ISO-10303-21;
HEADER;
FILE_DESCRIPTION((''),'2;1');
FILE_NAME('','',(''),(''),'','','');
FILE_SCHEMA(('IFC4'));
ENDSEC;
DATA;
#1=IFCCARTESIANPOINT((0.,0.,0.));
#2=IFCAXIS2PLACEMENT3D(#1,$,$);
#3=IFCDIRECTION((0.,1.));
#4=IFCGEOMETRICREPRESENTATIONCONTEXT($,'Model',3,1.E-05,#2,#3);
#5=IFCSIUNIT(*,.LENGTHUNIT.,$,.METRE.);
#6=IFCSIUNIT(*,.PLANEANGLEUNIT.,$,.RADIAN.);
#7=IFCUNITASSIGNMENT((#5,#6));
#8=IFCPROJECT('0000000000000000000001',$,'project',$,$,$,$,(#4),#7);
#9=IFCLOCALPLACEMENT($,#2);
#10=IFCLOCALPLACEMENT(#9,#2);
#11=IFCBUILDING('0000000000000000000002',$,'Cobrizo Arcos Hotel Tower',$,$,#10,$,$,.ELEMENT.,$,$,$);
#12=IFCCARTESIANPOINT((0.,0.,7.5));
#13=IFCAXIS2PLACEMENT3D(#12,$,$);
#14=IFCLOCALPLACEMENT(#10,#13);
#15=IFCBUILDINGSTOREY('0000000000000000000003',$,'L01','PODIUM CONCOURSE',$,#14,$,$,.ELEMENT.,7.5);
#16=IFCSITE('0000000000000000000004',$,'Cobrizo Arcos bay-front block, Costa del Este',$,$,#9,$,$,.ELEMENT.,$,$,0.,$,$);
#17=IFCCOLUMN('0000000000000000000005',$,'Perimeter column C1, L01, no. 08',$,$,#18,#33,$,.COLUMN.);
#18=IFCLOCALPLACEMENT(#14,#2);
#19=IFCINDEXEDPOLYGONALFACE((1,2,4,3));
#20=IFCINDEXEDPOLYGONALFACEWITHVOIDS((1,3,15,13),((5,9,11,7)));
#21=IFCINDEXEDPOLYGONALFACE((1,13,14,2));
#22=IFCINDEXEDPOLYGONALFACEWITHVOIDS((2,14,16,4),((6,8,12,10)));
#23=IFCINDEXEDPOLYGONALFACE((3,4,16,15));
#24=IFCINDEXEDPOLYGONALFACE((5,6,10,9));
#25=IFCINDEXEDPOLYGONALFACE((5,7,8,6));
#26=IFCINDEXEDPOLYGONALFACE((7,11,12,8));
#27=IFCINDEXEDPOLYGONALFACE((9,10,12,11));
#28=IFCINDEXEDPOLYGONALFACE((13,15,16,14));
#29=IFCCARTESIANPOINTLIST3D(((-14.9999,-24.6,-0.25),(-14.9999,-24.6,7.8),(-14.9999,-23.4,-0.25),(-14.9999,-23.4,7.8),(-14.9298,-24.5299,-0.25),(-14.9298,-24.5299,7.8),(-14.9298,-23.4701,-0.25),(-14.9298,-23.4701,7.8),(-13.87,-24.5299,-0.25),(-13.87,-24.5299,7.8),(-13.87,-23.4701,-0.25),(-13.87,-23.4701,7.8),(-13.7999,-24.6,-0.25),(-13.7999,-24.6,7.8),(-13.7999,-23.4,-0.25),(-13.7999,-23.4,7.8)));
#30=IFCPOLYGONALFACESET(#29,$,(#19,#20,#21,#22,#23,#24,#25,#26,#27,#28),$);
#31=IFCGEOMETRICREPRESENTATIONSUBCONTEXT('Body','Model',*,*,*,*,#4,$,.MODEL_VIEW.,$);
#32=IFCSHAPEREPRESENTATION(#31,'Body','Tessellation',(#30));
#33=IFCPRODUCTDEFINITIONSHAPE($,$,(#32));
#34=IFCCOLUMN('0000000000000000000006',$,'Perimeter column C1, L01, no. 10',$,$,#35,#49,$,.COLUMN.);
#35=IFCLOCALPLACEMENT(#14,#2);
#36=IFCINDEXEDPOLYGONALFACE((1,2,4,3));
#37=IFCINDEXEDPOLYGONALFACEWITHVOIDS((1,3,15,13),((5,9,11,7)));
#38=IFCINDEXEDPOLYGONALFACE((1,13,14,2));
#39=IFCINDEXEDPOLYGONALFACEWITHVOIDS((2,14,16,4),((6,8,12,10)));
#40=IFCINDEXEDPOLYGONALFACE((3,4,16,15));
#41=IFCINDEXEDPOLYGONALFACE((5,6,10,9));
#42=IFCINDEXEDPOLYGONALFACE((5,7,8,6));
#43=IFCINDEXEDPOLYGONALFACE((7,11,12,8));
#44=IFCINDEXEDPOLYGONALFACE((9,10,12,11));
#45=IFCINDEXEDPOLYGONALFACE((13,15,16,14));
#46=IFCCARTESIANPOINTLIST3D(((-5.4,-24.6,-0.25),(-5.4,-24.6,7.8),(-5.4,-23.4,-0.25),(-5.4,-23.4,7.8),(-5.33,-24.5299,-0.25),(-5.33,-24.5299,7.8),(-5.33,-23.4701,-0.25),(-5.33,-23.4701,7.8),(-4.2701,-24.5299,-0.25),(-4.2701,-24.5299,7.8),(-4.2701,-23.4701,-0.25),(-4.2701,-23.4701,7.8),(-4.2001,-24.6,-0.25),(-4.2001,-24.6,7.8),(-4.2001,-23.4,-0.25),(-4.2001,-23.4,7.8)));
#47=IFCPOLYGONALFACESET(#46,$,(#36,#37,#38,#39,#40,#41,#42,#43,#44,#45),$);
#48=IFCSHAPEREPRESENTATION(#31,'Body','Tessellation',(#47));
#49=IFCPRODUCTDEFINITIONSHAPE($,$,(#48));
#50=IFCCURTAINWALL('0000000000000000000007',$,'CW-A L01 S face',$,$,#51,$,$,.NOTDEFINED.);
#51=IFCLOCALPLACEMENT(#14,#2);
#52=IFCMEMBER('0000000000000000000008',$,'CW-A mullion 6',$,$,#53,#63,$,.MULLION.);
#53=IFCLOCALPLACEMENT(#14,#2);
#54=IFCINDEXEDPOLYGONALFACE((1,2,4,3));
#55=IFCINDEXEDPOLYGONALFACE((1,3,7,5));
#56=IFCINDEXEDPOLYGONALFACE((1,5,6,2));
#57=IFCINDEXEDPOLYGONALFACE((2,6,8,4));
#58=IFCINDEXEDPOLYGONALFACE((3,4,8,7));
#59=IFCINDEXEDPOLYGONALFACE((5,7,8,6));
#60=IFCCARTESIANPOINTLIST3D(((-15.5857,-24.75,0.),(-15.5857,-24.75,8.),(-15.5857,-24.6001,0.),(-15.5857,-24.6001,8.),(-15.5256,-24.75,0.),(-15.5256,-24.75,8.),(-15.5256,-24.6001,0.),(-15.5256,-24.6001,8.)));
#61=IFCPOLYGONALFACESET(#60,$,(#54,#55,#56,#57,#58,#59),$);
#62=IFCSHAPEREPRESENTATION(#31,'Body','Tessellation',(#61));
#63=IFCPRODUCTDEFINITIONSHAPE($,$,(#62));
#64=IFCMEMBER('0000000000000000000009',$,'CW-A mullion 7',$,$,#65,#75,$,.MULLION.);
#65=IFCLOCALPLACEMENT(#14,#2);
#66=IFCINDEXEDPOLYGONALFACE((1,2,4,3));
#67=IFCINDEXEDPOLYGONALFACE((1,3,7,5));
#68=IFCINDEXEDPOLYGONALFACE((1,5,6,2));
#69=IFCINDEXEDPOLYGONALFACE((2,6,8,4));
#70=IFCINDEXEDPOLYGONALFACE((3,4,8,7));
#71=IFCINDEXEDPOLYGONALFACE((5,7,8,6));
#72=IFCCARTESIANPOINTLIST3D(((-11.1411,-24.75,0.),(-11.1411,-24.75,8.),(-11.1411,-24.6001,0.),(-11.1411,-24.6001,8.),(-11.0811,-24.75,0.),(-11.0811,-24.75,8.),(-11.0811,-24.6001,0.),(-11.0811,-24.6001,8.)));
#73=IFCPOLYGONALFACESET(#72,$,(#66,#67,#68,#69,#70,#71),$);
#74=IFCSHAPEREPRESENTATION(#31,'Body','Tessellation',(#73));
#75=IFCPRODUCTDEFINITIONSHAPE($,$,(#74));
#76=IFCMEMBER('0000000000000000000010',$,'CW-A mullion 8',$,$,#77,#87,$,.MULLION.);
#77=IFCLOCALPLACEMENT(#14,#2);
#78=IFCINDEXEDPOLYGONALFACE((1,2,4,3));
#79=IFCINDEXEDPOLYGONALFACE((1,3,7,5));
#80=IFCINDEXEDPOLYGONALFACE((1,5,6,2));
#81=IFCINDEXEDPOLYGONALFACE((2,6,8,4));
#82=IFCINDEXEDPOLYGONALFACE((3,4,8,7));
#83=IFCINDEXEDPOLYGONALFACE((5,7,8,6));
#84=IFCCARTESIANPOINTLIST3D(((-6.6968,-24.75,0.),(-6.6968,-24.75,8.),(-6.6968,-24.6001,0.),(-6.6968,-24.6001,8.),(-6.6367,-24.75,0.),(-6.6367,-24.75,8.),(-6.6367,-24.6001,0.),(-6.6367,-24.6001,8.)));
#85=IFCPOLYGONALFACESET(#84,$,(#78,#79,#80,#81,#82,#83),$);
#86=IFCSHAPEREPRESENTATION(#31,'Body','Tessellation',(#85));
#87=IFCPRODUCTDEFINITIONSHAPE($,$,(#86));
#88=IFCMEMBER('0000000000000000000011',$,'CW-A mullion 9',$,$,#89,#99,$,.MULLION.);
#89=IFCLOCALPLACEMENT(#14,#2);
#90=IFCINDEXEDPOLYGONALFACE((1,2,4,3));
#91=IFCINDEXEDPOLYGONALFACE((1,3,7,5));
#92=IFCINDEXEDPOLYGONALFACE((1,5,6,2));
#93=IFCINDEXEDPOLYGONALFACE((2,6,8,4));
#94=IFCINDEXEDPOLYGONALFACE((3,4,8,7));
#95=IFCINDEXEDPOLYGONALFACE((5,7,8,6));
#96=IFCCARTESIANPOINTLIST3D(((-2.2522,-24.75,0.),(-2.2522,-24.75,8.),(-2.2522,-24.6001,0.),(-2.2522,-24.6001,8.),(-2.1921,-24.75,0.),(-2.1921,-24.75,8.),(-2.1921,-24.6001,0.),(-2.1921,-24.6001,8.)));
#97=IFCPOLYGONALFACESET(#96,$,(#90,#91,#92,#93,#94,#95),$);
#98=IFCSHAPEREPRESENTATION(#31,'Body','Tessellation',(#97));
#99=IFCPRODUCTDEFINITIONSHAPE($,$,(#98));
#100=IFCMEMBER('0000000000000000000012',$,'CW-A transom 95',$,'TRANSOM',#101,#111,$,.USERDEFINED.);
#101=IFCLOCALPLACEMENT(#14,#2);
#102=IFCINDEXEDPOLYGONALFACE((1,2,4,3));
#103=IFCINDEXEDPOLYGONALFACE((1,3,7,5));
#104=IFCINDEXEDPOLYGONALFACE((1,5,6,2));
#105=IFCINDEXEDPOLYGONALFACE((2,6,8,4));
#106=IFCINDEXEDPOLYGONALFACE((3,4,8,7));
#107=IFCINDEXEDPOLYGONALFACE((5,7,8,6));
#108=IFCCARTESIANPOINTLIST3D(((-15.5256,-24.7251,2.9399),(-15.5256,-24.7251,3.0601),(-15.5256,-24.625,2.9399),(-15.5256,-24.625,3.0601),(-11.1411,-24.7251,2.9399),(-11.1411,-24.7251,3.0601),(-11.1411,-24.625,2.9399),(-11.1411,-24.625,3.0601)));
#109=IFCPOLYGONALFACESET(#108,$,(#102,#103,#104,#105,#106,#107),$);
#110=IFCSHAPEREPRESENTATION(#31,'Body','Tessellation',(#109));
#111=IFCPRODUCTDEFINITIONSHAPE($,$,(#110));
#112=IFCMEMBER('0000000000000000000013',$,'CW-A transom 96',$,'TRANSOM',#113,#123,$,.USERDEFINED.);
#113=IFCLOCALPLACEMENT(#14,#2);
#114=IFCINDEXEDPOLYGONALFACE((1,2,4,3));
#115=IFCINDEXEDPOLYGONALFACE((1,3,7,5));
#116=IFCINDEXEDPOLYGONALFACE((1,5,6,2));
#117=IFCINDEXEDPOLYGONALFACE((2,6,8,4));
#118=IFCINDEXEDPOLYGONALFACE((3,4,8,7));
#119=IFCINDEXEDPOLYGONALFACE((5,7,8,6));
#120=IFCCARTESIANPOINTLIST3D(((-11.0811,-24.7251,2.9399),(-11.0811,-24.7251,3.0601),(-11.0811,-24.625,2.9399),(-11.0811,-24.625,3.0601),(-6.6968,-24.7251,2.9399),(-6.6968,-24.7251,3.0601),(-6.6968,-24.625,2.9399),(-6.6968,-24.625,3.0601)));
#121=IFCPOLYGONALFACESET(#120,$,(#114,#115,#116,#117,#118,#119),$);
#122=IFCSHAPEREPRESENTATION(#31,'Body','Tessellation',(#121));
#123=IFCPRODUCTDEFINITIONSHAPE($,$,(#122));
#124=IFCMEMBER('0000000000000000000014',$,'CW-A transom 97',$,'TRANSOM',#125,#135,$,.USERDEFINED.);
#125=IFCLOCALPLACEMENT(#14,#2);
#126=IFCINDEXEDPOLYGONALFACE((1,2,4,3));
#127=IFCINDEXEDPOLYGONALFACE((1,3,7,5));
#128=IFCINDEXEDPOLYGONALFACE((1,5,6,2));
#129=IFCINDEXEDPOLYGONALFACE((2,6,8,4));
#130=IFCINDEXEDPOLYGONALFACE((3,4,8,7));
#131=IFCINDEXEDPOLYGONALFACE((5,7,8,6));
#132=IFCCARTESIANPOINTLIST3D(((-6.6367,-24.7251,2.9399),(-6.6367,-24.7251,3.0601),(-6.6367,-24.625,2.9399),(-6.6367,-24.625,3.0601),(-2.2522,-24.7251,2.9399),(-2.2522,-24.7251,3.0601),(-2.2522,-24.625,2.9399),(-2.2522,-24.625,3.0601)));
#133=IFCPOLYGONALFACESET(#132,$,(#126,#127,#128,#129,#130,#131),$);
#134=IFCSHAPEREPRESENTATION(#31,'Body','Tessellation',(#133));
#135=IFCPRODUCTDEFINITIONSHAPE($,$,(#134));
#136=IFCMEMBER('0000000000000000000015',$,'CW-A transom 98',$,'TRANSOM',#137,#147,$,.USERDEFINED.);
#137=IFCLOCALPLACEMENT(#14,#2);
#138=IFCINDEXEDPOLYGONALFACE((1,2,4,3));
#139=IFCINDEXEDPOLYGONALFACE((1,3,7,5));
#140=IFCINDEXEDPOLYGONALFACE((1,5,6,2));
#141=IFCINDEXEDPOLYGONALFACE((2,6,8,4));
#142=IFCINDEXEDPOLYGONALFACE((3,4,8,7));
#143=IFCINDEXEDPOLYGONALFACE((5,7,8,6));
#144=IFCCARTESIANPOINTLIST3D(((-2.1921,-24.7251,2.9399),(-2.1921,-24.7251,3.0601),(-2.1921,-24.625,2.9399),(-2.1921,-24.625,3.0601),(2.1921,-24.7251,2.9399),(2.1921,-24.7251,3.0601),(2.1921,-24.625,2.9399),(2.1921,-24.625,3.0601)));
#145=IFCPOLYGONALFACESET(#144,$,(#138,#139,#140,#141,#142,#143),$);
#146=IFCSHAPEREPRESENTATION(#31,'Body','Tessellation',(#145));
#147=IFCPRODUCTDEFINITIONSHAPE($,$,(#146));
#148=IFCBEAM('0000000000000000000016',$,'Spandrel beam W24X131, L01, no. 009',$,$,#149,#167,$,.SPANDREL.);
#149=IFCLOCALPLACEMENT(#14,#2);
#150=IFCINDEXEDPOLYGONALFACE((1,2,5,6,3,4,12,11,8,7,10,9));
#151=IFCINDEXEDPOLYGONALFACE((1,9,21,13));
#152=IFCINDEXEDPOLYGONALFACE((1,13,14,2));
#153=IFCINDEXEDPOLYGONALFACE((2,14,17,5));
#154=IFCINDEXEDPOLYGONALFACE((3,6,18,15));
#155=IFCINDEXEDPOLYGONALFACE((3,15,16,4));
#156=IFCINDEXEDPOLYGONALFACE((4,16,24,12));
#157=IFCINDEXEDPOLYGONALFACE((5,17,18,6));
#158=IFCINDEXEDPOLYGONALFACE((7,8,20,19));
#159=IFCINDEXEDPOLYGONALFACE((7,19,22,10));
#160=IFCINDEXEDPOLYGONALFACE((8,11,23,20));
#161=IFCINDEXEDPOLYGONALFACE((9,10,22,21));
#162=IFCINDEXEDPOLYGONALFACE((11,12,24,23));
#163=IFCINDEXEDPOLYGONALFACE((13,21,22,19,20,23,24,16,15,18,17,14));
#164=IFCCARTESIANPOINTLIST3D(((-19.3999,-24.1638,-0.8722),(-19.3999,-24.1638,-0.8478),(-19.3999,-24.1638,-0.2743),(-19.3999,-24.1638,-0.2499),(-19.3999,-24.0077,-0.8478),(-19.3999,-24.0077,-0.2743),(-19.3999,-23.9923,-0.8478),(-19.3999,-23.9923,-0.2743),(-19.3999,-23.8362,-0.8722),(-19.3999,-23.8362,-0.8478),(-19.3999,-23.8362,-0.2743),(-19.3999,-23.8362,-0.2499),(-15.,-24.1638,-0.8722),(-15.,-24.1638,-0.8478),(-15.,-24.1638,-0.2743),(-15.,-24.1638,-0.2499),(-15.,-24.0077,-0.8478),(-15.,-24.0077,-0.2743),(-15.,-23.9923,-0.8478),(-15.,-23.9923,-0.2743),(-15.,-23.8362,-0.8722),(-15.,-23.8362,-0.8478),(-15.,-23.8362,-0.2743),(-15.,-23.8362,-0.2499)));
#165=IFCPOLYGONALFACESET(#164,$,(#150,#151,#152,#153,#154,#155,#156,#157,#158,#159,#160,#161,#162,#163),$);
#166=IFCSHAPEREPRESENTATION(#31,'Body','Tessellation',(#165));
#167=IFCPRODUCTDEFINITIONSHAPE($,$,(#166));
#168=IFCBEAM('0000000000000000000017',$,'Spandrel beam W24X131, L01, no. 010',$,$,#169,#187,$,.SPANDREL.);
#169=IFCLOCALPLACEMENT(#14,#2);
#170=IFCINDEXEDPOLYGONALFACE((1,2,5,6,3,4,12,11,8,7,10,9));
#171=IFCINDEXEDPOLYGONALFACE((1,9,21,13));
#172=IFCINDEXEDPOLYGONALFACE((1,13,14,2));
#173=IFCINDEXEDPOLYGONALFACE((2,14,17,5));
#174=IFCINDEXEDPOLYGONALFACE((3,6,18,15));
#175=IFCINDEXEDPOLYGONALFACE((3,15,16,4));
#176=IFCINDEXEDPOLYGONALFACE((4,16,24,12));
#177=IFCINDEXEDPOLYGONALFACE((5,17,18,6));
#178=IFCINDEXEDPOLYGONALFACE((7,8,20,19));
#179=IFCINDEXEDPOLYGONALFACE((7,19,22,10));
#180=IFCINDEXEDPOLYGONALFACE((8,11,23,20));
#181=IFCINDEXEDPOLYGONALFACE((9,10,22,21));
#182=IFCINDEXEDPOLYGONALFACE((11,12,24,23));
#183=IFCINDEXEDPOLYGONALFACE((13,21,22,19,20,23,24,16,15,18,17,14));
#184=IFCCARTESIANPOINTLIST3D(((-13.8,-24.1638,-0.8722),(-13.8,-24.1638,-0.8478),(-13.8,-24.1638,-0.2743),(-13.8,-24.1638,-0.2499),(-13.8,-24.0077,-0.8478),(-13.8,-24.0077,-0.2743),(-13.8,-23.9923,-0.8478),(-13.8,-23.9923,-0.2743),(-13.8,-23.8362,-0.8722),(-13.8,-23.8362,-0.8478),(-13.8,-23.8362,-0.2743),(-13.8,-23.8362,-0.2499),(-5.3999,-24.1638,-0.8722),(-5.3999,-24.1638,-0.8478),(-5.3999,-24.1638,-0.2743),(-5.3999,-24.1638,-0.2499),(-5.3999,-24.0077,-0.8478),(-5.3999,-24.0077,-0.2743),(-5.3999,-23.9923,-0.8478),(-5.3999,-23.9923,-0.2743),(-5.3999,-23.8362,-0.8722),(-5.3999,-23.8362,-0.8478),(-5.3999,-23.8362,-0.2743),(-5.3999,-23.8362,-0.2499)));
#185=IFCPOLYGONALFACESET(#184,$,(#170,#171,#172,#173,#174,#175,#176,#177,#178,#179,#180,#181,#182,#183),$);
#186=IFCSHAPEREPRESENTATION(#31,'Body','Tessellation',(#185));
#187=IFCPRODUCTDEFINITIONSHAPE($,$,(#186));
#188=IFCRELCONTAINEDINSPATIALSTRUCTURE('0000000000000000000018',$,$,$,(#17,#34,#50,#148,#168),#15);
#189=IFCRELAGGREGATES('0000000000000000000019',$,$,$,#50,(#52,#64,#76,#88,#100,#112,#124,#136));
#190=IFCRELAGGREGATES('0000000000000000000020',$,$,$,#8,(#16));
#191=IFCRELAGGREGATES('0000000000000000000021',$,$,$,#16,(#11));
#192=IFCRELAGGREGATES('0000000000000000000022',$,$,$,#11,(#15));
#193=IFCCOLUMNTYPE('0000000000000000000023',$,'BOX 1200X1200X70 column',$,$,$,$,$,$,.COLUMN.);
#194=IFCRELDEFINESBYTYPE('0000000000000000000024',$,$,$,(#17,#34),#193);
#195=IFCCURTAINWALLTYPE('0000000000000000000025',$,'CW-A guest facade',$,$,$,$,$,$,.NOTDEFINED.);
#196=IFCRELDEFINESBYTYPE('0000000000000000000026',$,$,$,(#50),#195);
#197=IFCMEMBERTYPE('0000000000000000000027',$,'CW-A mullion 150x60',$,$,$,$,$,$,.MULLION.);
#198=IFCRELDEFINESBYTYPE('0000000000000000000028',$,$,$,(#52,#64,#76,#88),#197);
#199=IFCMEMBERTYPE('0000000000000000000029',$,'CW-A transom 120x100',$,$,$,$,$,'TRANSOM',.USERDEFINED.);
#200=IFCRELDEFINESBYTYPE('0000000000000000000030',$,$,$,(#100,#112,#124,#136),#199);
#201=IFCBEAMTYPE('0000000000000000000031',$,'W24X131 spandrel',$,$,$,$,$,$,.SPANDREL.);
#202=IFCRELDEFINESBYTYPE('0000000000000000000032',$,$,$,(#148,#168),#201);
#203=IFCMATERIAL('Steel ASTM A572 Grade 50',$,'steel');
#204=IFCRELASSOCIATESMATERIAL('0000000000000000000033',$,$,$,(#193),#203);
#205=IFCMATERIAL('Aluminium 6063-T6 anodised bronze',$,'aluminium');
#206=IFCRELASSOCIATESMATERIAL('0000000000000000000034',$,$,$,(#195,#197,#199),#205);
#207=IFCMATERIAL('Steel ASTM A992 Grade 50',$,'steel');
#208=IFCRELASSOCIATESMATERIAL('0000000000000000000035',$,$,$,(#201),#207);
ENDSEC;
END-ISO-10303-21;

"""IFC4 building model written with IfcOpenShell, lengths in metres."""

from ifc_helpers import new_model, si_unit, direction, frame, origin, origin_2d, place, context, subcontext, project, spatial, rectangle, hollow_rectangle, i_section, extrude, material, material_profile, profile_set, type_object, element, aggregate, save


model = new_model("IFC4")

# Units and contexts
model_context = context("Model", 3, precision=1e-05, world=origin(), true_north=direction((0.0, 1.0)))
body_context = subcontext(model_context, "Body", "Model", "MODEL_VIEW")
ifc_project = project(units=[si_unit("LENGTHUNIT", "METRE"), si_unit("PLANEANGLEUNIT", "RADIAN")], contexts=[model_context])

# Site, building, storey
site_placement = place(None, origin())
site = spatial("IfcSite", under=ifc_project, at=site_placement, Name="Cobrizo Arcos bay-front block, Costa del Este", CompositionType="ELEMENT", RefElevation=0.0)
building_placement = place(site_placement, origin())
building = spatial("IfcBuilding", under=site, at=building_placement, Name="Cobrizo Arcos Hotel Tower", CompositionType="ELEMENT")
storey_placement = place(building_placement, frame((0.0, 0.0, 7.5)))
storey = spatial("IfcBuildingStorey", under=building, at=storey_placement, Name="L01", Description="PODIUM CONCOURSE", CompositionType="ELEMENT", Elevation=7.5)

# Columns
ifc_material_1 = material(Name="Steel ASTM A572 Grade 50", Category="steel")
ifc_material_profile_1 = material_profile(ifc_material_1, hollow_rectangle(XDim=1.2, YDim=1.2, WallThickness=0.0701, at=origin_2d()), Name="BOX 1200X1200X70")
ifc_profile_set_1 = profile_set([ifc_material_profile_1], Name="Steel ASTM A572 Grade 50")
column_type = type_object("IfcColumnType", Name="BOX 1200X1200X70 column", PredefinedType="COLUMN", material=ifc_profile_set_1)
for number, where, z_axis, x_axis, name in (
    (1, (-14.3999, -24.0, -0.25), (0.0, 0.0, 1.0), (1.0, 0.0, 0.0), "Perimeter column C1, L01, no. 08"),
    (2, (-4.8, -24.0, -0.25), (0.0, 0.0, 1.0), (1.0, 0.0, 0.0), "Perimeter column C1, L01, no. 10"),
):
    element("IfcColumn", number, at=place(storey_placement, frame(where, z_axis=z_axis, x_axis=x_axis)), inside=storey, type_object=column_type, Name=name, PredefinedType="COLUMN", context=body_context, shape_type="SweptSolid", body=[
        extrude(hollow_rectangle(XDim=1.2, YDim=1.2, WallThickness=0.0701, at=origin_2d()), origin(), (0.0, 0.0, 1.0), 8.05),
    ])

# Curtain wall, members
ifc_material_2 = material(Name="Aluminium 6063-T6 anodised bronze", Category="aluminium")
curtain_wall_type = type_object("IfcCurtainWallType", Name="CW-A guest facade", PredefinedType="NOTDEFINED", material=ifc_material_2)
curtain_wall_placement = place(storey_placement, origin())
curtain_wall = element("IfcCurtainWall", 3, at=curtain_wall_placement, inside=storey, type_object=curtain_wall_type, Name="CW-A L01 S face", PredefinedType="NOTDEFINED")
ifc_material_profile_2 = material_profile(ifc_material_2, rectangle(XDim=0.1499, YDim=0.0601, at=origin_2d()), Name="CW-A mullion 150x60")
ifc_profile_set_2 = profile_set([ifc_material_profile_2], Name="Aluminium 6063-T6 anodised bronze")
member_type_1 = type_object("IfcMemberType", Name="CW-A mullion 150x60", PredefinedType="MULLION", material=ifc_profile_set_2)
member_1_placement = place(storey_placement, frame((-15.5557, -24.675, 0.0), z_axis=(0.0, 0.0, 1.0), x_axis=(0.0, -1.0, 0.0)))
member_1 = element("IfcMember", 4, at=member_1_placement, type_object=member_type_1, Name="CW-A mullion 6", PredefinedType="MULLION", context=body_context, shape_type="SweptSolid", body=[
    extrude(rectangle(XDim=0.1499, YDim=0.0601, at=origin_2d()), origin(), (0.0, 0.0, 1.0), 8.0),
])
member_2_placement = place(storey_placement, frame((-11.1111, -24.675, 0.0), z_axis=(0.0, 0.0, 1.0), x_axis=(0.0, -1.0, 0.0)))
member_2 = element("IfcMember", 5, at=member_2_placement, type_object=member_type_1, Name="CW-A mullion 7", PredefinedType="MULLION", context=body_context, shape_type="SweptSolid", body=[
    extrude(rectangle(XDim=0.1499, YDim=0.0601, at=origin_2d()), origin(), (0.0, 0.0, 1.0), 8.0),
])
member_3_placement = place(storey_placement, frame((-6.6667, -24.675, 0.0), z_axis=(0.0, 0.0, 1.0), x_axis=(0.0, -1.0, 0.0)))
member_3 = element("IfcMember", 6, at=member_3_placement, type_object=member_type_1, Name="CW-A mullion 8", PredefinedType="MULLION", context=body_context, shape_type="SweptSolid", body=[
    extrude(rectangle(XDim=0.1499, YDim=0.0601, at=origin_2d()), origin(), (0.0, 0.0, 1.0), 8.0),
])
member_4_placement = place(storey_placement, frame((-2.2222, -24.675, 0.0), z_axis=(0.0, 0.0, 1.0), x_axis=(0.0, -1.0, 0.0)))
member_4 = element("IfcMember", 7, at=member_4_placement, type_object=member_type_1, Name="CW-A mullion 9", PredefinedType="MULLION", context=body_context, shape_type="SweptSolid", body=[
    extrude(rectangle(XDim=0.1499, YDim=0.0601, at=origin_2d()), origin(), (0.0, 0.0, 1.0), 8.0),
])
ifc_material_profile_3 = material_profile(ifc_material_2, rectangle(XDim=0.1001, YDim=0.1201, at=origin_2d()), Name="CW-A transom 120x100")
ifc_profile_set_3 = profile_set([ifc_material_profile_3], Name="Aluminium 6063-T6 anodised bronze")
member_type_2 = type_object("IfcMemberType", Name="CW-A transom 120x100", ElementType="TRANSOM", PredefinedType="USERDEFINED", material=ifc_profile_set_3)
member_5_placement = place(storey_placement, frame((-15.5256, -24.675, 3.0), z_axis=(1.0, 0.0, 0.0), x_axis=(0.0, 1.0, 0.0)))
member_5 = element("IfcMember", 8, at=member_5_placement, type_object=member_type_2, Name="CW-A transom 95", ObjectType="TRANSOM", PredefinedType="USERDEFINED", context=body_context, shape_type="SweptSolid", body=[
    extrude(rectangle(XDim=0.1001, YDim=0.1201, at=origin_2d()), origin(), (0.0, 0.0, 1.0), 4.3845),
])
member_6_placement = place(storey_placement, frame((-11.0811, -24.675, 3.0), z_axis=(1.0, 0.0, 0.0), x_axis=(0.0, 1.0, 0.0)))
member_6 = element("IfcMember", 9, at=member_6_placement, type_object=member_type_2, Name="CW-A transom 96", ObjectType="TRANSOM", PredefinedType="USERDEFINED", context=body_context, shape_type="SweptSolid", body=[
    extrude(rectangle(XDim=0.1001, YDim=0.1201, at=origin_2d()), origin(), (0.0, 0.0, 1.0), 4.3843),
])
member_7_placement = place(storey_placement, frame((-6.6367, -24.675, 3.0), z_axis=(1.0, 0.0, 0.0), x_axis=(0.0, 1.0, 0.0)))
member_7 = element("IfcMember", 10, at=member_7_placement, type_object=member_type_2, Name="CW-A transom 97", ObjectType="TRANSOM", PredefinedType="USERDEFINED", context=body_context, shape_type="SweptSolid", body=[
    extrude(rectangle(XDim=0.1001, YDim=0.1201, at=origin_2d()), origin(), (0.0, 0.0, 1.0), 4.3845),
])
member_8_placement = place(storey_placement, frame((-2.1921, -24.675, 3.0), z_axis=(1.0, 0.0, 0.0), x_axis=(0.0, 1.0, 0.0)))
member_8 = element("IfcMember", 11, at=member_8_placement, type_object=member_type_2, Name="CW-A transom 98", ObjectType="TRANSOM", PredefinedType="USERDEFINED", context=body_context, shape_type="SweptSolid", body=[
    extrude(rectangle(XDim=0.1001, YDim=0.1201, at=origin_2d()), origin(), (0.0, 0.0, 1.0), 4.3843),
])

# Beams
ifc_material_3 = material(Name="Steel ASTM A992 Grade 50", Category="steel")
ifc_material_profile_4 = material_profile(ifc_material_3, i_section(OverallWidth=0.3276, OverallDepth=0.6223, WebThickness=0.0154, FlangeThickness=0.0244, at=origin_2d()), Name="W24X131")
ifc_profile_set_4 = profile_set([ifc_material_profile_4], Name="Steel ASTM A992 Grade 50")
beam_type_1 = type_object("IfcBeamType", Name="W24X131 spandrel", PredefinedType="SPANDREL", material=ifc_profile_set_4)
beam_1_placement = place(storey_placement, frame((-19.3999, -24.0, -0.561), z_axis=(1.0, 0.0, 0.0), x_axis=(0.0, 1.0, 0.0)))
element("IfcBeam", 12, at=beam_1_placement, inside=storey, type_object=beam_type_1, Name="Spandrel beam W24X131, L01, no. 009", PredefinedType="SPANDREL", context=body_context, shape_type="SweptSolid", body=[
    extrude(i_section(OverallWidth=0.3276, OverallDepth=0.6223, WebThickness=0.0154, FlangeThickness=0.0244, at=origin_2d()), origin(), (0.0, 0.0, 1.0), 4.3999),
])
beam_2_placement = place(storey_placement, frame((-13.8, -24.0, -0.561), z_axis=(1.0, 0.0, 0.0), x_axis=(0.0, 1.0, 0.0)))
element("IfcBeam", 13, at=beam_2_placement, inside=storey, type_object=beam_type_1, Name="Spandrel beam W24X131, L01, no. 010", PredefinedType="SPANDREL", context=body_context, shape_type="SweptSolid", body=[
    extrude(i_section(OverallWidth=0.3276, OverallDepth=0.6223, WebThickness=0.0154, FlangeThickness=0.0244, at=origin_2d()), origin(), (0.0, 0.0, 1.0), 8.4001),
])

aggregate(curtain_wall, [member_1, member_2, member_3, member_4, member_5, member_6, member_7, member_8])

save(model, "model.ifc")
